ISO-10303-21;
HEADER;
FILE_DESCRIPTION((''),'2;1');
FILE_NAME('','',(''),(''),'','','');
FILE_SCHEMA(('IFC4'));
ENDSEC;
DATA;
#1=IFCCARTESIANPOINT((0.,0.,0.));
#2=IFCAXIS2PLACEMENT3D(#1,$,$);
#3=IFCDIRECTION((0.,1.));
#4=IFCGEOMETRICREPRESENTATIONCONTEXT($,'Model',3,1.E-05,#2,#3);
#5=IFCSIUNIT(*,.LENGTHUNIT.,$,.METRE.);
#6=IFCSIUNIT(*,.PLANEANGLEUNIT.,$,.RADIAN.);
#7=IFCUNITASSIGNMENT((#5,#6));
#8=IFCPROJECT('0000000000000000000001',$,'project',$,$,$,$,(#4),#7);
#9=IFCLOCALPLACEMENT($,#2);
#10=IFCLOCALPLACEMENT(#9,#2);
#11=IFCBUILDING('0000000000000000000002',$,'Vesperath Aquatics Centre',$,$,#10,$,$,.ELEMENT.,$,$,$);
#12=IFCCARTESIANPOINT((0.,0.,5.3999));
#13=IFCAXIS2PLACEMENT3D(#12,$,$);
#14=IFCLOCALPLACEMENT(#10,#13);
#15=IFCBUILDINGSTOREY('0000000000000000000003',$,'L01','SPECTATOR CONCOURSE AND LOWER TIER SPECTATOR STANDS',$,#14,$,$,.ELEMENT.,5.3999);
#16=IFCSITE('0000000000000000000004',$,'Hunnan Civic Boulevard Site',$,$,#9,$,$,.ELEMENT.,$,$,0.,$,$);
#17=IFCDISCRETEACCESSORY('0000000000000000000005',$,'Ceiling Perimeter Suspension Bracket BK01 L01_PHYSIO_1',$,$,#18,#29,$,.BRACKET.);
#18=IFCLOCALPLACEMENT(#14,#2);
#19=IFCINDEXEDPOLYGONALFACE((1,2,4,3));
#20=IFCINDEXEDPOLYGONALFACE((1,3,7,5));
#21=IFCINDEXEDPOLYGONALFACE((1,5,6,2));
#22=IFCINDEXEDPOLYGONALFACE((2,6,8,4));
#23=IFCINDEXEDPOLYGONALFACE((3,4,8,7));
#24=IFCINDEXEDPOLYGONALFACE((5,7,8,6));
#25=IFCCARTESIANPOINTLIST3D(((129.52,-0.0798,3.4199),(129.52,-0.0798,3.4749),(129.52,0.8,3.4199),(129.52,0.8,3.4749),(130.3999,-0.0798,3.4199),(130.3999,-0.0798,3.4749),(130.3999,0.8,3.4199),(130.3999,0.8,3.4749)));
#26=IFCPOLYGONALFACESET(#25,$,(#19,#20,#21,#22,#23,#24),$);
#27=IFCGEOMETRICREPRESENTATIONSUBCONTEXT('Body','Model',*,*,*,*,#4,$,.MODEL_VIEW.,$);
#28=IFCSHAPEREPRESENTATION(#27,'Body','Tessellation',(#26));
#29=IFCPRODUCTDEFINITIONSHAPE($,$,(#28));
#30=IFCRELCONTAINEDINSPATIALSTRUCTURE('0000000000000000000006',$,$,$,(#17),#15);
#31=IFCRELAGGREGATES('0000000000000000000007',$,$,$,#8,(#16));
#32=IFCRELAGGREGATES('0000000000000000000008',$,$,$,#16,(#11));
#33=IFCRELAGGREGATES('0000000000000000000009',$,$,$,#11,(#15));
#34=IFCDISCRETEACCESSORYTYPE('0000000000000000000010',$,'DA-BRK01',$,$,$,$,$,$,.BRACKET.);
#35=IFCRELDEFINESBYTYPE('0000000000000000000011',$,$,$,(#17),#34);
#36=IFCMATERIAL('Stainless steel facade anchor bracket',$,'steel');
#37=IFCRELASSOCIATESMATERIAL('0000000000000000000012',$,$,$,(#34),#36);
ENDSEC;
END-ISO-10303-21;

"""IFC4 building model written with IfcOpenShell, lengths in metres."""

from ifc_helpers import new_model, si_unit, direction, frame, origin, origin_2d, place, context, subcontext, project, spatial, rectangle, extrude, material, type_object, element, save


model = new_model("IFC4")

# Units and contexts
model_context = context("Model", 3, precision=1e-05, world=origin(), true_north=direction((0.0, 1.0)))
body_context = subcontext(model_context, "Body", "Model", "MODEL_VIEW")
ifc_project = project(units=[si_unit("LENGTHUNIT", "METRE"), si_unit("PLANEANGLEUNIT", "RADIAN")], contexts=[model_context])

# Site, building, storey
site_placement = place(None, origin())
site = spatial("IfcSite", under=ifc_project, at=site_placement, Name="Hunnan Civic Boulevard Site", CompositionType="ELEMENT", RefElevation=0.0)
building_placement = place(site_placement, origin())
building = spatial("IfcBuilding", under=site, at=building_placement, Name="Vesperath Aquatics Centre", CompositionType="ELEMENT")
storey_placement = place(building_placement, frame((0.0, 0.0, 5.3999)))
storey = spatial("IfcBuildingStorey", under=building, at=storey_placement, Name="L01", Description="SPECTATOR CONCOURSE AND LOWER TIER SPECTATOR STANDS", CompositionType="ELEMENT", Elevation=5.3999)

# Discrete accessory
ifc_material_1 = material(Name="Stainless steel facade anchor bracket", Category="steel")
discrete_accessory_type = type_object("IfcDiscreteAccessoryType", Name="DA-BRK01", PredefinedType="BRACKET", material=ifc_material_1)
discrete_accessory_placement = place(storey_placement, frame((129.96, 0.3601, 3.4199), z_axis=(0.0, 0.0, 1.0), x_axis=(1.0, 0.0, 0.0)))
element("IfcDiscreteAccessory", 1, at=discrete_accessory_placement, inside=storey, type_object=discrete_accessory_type, Name="Ceiling Perimeter Suspension Bracket BK01 L01_PHYSIO_1", PredefinedType="BRACKET", context=body_context, shape_type="SweptSolid", body=[
    extrude(rectangle(XDim=0.8799, YDim=0.8799, at=origin_2d()), origin(), (0.0, 0.0, 1.0), 0.0549),
])

save(model, "model.ifc")
